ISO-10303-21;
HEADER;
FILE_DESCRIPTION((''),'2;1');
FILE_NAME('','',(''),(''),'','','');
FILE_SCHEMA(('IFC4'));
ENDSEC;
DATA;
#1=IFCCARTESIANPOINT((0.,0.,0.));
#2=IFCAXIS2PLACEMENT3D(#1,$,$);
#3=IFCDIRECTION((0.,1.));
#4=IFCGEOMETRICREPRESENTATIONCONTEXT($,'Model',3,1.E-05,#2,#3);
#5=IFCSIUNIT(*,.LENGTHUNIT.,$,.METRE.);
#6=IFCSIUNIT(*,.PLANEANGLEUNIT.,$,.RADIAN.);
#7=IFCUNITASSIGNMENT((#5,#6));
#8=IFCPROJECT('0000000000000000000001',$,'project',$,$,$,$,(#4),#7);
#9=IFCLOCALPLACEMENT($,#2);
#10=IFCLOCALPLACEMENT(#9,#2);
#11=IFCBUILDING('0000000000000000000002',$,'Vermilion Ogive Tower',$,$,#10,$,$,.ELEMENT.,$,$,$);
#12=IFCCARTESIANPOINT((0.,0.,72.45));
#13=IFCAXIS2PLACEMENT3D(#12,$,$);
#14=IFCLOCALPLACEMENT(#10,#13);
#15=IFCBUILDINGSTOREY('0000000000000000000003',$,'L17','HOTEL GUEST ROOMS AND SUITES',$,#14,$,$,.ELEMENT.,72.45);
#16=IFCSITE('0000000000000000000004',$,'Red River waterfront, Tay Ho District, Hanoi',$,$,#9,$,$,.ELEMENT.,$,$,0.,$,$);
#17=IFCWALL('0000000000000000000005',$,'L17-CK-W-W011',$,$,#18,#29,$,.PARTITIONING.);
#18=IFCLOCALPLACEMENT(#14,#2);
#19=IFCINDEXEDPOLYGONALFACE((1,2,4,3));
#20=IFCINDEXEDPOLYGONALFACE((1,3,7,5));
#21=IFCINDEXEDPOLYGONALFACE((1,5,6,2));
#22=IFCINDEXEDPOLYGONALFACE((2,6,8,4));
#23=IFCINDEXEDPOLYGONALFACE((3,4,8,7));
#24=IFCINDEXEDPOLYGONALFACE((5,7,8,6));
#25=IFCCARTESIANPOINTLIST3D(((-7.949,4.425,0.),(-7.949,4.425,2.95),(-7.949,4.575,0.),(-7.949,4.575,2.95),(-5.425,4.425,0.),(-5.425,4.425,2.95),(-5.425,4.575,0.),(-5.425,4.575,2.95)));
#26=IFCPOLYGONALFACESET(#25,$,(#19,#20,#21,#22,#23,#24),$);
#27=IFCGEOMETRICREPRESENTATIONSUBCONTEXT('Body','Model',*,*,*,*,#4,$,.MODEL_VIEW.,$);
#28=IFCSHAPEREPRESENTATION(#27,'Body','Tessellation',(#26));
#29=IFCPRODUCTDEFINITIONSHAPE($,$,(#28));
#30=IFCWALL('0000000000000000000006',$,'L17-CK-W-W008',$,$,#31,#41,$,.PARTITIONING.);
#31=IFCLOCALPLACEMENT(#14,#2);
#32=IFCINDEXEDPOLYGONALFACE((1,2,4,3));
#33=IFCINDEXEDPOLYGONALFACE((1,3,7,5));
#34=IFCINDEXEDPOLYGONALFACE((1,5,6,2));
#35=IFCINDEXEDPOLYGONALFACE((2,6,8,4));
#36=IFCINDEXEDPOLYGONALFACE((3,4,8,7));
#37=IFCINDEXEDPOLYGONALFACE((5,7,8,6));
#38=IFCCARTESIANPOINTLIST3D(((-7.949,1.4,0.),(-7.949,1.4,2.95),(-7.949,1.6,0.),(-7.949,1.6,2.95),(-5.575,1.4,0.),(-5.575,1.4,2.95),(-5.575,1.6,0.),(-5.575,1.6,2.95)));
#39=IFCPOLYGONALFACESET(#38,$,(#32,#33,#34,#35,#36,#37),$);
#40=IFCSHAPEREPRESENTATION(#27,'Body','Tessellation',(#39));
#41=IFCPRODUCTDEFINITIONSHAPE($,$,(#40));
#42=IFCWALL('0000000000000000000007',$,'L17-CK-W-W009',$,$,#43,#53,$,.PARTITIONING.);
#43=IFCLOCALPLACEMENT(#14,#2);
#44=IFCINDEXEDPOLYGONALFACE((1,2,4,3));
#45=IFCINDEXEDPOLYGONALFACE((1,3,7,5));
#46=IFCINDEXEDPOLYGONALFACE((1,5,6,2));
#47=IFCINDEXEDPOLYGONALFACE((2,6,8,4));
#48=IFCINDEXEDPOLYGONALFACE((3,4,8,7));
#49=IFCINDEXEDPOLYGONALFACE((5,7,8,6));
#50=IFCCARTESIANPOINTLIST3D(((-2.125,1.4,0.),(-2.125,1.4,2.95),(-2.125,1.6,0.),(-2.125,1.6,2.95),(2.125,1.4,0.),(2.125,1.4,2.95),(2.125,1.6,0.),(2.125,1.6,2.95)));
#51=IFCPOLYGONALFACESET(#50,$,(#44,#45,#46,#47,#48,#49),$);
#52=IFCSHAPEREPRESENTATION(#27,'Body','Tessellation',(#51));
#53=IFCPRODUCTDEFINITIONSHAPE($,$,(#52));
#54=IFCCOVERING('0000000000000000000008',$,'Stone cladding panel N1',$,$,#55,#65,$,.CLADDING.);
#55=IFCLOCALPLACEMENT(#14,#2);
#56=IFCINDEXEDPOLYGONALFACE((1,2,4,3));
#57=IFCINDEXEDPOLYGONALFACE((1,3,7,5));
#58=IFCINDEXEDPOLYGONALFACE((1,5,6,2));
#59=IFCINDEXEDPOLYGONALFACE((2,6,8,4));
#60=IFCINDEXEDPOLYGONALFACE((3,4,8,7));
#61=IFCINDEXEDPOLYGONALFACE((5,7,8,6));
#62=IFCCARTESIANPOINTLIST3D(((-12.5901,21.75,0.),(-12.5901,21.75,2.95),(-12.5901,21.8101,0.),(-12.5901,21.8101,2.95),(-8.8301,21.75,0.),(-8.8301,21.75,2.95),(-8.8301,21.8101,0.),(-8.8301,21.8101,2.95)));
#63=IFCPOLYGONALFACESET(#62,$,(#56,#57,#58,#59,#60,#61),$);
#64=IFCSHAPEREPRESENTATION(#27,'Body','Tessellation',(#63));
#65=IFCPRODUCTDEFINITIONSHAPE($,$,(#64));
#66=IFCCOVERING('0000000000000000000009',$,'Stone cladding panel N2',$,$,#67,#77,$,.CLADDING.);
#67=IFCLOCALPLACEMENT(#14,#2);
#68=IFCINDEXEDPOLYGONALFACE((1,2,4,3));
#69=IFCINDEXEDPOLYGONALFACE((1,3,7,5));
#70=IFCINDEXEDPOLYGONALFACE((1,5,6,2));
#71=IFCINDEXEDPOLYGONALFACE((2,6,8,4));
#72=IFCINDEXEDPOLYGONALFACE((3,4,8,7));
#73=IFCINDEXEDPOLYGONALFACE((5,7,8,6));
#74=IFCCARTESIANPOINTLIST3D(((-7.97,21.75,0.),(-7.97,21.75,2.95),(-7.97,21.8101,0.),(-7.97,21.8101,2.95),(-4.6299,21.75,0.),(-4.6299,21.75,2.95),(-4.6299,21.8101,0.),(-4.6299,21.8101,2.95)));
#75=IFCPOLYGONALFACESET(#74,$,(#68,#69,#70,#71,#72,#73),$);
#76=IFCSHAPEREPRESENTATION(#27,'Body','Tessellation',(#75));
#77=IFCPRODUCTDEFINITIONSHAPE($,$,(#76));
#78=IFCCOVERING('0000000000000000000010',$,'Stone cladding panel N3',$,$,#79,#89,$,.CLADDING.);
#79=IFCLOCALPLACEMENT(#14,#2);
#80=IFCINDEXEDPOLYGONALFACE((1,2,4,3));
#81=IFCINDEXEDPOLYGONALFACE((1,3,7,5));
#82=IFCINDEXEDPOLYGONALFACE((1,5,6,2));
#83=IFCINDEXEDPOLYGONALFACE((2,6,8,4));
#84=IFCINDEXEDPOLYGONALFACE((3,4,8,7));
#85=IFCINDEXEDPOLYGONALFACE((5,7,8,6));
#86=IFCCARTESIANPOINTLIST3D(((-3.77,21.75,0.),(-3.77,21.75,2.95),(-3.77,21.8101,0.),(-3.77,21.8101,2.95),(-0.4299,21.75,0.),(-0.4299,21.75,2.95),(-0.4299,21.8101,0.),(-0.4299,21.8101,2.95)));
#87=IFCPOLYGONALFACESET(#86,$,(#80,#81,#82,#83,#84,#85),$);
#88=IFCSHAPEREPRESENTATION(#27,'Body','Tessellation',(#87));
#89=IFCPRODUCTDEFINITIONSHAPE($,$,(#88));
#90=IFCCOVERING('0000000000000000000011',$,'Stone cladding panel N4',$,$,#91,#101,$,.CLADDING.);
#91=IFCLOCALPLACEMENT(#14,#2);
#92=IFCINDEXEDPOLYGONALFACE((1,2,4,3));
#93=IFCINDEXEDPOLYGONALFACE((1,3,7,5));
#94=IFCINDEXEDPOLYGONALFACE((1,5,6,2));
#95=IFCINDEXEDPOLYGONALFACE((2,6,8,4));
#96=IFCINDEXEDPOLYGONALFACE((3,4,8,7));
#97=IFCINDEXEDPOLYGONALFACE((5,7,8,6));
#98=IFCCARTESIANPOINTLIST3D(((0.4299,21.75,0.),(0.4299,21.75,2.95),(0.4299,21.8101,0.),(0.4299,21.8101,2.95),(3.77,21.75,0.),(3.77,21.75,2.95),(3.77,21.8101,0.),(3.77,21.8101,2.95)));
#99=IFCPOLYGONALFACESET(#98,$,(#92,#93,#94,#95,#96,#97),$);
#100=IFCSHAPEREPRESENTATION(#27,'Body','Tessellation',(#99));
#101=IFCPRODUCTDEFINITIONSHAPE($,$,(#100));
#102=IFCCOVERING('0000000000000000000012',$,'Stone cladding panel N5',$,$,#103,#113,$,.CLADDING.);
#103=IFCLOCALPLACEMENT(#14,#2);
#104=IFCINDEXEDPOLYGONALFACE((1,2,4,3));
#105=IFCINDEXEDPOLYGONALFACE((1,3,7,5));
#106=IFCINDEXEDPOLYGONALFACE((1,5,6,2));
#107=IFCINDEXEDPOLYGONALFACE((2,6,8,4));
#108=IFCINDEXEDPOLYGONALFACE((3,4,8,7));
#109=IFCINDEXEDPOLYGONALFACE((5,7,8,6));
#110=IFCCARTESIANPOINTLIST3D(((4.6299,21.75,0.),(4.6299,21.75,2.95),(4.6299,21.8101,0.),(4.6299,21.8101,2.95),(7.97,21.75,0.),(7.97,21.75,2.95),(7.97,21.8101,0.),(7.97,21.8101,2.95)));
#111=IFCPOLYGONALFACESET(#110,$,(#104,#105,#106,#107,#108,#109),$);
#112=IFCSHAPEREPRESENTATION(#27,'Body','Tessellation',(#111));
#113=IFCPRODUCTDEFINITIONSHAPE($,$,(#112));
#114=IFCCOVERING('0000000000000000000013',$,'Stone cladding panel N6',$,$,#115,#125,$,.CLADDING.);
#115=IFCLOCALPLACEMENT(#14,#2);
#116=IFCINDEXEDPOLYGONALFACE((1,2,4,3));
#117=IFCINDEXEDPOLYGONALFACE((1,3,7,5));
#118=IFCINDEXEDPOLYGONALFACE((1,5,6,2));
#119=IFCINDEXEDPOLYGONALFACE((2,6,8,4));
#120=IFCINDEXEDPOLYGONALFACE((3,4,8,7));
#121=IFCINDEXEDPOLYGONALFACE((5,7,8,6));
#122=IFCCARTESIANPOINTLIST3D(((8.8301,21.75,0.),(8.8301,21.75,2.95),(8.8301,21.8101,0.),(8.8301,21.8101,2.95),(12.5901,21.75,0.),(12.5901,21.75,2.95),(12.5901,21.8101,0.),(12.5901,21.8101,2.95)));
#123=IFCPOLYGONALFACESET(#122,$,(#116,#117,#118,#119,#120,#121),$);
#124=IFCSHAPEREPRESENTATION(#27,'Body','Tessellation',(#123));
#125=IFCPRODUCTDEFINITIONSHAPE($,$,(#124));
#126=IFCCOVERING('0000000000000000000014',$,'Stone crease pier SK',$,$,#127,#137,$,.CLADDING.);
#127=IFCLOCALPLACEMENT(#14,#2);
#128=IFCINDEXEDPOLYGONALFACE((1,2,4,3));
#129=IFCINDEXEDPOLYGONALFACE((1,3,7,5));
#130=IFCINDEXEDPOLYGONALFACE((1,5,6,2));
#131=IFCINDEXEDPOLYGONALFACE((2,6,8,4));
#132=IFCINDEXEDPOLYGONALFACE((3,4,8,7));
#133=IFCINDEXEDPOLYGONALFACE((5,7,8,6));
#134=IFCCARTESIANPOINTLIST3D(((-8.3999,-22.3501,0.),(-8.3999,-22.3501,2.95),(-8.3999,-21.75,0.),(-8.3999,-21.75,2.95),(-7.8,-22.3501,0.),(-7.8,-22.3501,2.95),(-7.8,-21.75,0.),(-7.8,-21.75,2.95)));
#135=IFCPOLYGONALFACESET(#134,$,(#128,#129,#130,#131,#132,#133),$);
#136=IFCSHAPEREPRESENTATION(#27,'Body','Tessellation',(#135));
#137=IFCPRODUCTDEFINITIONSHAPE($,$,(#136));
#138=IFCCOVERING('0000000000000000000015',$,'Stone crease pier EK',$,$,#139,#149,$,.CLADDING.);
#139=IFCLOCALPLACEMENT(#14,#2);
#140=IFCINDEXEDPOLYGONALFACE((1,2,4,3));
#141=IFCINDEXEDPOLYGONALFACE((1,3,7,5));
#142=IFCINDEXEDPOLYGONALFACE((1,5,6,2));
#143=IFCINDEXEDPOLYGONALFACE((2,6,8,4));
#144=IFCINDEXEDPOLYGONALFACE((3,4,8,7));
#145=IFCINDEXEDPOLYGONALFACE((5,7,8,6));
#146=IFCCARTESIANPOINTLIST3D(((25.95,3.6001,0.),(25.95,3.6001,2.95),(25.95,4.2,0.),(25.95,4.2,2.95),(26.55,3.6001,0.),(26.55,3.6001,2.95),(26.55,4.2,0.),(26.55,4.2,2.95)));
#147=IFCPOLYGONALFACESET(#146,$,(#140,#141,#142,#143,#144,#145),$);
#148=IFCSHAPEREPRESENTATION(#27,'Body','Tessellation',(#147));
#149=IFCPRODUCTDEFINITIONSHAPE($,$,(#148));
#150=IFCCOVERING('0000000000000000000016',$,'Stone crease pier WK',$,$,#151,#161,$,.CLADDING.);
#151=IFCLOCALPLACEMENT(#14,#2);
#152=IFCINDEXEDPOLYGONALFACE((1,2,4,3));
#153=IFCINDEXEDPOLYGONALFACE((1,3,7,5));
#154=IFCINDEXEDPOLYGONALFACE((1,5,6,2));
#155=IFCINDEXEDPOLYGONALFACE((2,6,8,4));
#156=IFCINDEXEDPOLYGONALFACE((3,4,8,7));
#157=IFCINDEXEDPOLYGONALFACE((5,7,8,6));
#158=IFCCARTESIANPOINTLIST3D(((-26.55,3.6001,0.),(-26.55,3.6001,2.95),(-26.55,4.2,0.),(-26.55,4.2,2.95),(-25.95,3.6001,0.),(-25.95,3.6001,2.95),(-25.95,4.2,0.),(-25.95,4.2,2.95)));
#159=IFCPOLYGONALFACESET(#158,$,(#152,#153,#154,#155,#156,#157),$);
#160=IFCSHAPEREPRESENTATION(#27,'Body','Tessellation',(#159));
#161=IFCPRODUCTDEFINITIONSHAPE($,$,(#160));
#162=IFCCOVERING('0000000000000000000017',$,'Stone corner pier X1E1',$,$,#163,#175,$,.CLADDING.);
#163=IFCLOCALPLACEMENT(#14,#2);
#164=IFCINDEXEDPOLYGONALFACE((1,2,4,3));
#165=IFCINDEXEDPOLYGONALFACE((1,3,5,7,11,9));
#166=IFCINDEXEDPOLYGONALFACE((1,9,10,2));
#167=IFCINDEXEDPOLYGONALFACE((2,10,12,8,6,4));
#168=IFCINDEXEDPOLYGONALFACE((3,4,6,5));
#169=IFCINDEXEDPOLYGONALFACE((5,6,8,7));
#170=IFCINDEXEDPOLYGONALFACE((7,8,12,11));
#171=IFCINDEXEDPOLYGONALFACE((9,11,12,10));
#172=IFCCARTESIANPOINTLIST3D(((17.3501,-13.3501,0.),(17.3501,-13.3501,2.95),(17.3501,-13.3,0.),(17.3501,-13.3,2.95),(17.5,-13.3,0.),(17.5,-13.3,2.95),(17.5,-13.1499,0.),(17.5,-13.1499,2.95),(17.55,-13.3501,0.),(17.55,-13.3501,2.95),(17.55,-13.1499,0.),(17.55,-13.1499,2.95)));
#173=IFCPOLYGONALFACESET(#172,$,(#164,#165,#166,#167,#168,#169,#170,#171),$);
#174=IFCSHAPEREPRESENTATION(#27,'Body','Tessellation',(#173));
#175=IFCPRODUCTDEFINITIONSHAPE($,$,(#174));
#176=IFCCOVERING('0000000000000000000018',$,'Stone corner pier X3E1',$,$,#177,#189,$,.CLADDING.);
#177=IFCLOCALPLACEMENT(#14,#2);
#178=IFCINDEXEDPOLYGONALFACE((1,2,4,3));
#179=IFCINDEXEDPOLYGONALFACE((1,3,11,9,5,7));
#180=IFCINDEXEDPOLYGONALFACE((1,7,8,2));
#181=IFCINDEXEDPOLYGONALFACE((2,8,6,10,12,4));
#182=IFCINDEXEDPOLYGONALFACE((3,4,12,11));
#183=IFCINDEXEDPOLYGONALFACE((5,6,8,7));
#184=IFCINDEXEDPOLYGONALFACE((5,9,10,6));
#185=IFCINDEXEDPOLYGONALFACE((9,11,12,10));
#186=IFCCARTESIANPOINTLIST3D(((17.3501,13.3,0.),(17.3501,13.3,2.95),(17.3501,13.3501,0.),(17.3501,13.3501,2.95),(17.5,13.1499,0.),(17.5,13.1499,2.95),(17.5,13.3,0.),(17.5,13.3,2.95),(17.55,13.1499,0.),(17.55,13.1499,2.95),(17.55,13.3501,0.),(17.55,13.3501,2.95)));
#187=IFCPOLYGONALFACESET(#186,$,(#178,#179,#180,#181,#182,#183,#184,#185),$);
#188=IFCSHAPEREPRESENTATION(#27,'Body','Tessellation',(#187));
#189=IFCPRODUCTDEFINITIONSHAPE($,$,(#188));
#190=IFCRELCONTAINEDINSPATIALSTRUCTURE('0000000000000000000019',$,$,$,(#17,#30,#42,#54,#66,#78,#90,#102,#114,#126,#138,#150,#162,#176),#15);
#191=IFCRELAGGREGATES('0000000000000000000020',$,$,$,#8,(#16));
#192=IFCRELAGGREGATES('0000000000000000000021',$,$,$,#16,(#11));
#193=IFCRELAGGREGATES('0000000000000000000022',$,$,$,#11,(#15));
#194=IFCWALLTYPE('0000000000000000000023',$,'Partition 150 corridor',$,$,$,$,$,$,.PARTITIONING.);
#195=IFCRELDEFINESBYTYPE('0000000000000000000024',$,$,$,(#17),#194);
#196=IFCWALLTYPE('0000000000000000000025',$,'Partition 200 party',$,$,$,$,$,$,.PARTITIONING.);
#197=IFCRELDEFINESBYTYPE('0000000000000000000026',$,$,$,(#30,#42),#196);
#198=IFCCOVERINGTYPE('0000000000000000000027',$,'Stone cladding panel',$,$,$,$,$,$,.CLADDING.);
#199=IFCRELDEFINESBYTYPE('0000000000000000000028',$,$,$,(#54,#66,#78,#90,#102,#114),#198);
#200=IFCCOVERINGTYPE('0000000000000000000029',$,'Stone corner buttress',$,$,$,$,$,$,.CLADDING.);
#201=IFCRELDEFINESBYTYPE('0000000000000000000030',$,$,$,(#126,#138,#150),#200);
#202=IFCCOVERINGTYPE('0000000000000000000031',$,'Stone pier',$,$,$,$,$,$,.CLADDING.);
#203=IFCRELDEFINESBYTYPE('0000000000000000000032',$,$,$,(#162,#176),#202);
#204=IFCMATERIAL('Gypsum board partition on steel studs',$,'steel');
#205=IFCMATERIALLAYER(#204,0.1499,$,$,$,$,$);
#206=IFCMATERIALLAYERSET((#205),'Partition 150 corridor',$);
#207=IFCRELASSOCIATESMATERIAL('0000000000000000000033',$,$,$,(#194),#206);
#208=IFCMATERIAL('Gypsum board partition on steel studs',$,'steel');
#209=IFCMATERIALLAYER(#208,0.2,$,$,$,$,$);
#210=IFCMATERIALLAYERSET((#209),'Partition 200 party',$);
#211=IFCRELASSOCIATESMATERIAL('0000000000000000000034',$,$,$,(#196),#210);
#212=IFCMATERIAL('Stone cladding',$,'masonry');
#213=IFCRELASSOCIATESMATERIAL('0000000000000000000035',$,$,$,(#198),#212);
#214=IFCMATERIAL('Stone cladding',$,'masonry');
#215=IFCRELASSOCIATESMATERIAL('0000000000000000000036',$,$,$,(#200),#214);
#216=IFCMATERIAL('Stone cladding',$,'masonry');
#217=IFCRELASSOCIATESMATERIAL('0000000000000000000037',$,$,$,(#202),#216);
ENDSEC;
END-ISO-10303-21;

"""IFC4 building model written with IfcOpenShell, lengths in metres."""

from ifc_helpers import new_model, si_unit, direction, frame, frame_2d, origin, place, context, subcontext, project, spatial, polyline, rectangle, outline, extrude, material, layer, layer_set, type_object, element, save


model = new_model("IFC4")

# Units and contexts
model_context = context("Model", 3, precision=1e-05, world=origin(), true_north=direction((0.0, 1.0)))
body_context = subcontext(model_context, "Body", "Model", "MODEL_VIEW")
ifc_project = project(units=[si_unit("LENGTHUNIT", "METRE"), si_unit("PLANEANGLEUNIT", "RADIAN")], contexts=[model_context])

# Site, building, storey
site_placement = place(None, origin())
site = spatial("IfcSite", under=ifc_project, at=site_placement, Name="Red River waterfront, Tay Ho District, Hanoi", CompositionType="ELEMENT", RefElevation=0.0)
building_placement = place(site_placement, origin())
building = spatial("IfcBuilding", under=site, at=building_placement, Name="Vermilion Ogive Tower", CompositionType="ELEMENT")
storey_placement = place(building_placement, frame((0.0, 0.0, 72.45)))
storey = spatial("IfcBuildingStorey", under=building, at=storey_placement, Name="L17", Description="HOTEL GUEST ROOMS AND SUITES", CompositionType="ELEMENT", Elevation=72.45)

# Walls
ifc_material_1 = material(Name="Gypsum board partition on steel studs", Category="steel")
ifc_layer_1 = layer(ifc_material_1, 0.1499)
ifc_layer_set_1 = layer_set([ifc_layer_1], Name="Partition 150 corridor")
wall_type_1 = type_object("IfcWallType", Name="Partition 150 corridor", PredefinedType="PARTITIONING", material=ifc_layer_set_1)
wall_1_placement = place(storey_placement, frame((-7.949, 4.5, 0.0), z_axis=(0.0, 0.0, 1.0), x_axis=(1.0, 0.0, 0.0)))
element("IfcWall", 1, at=wall_1_placement, inside=storey, type_object=wall_type_1, Name="L17-CK-W-W011", PredefinedType="PARTITIONING", context=body_context, shape_type="SweptSolid", body=[
    extrude(rectangle(XDim=2.5239, YDim=0.1499, at=frame_2d((1.262, 0.0))), origin(), (0.0, 0.0, 1.0), 2.95),
])
ifc_material_2 = material(Name="Gypsum board partition on steel studs", Category="steel")
ifc_layer_2 = layer(ifc_material_2, 0.2)
ifc_layer_set_2 = layer_set([ifc_layer_2], Name="Partition 200 party")
wall_type_2 = type_object("IfcWallType", Name="Partition 200 party", PredefinedType="PARTITIONING", material=ifc_layer_set_2)
wall_2_placement = place(storey_placement, frame((-7.949, 1.5, 0.0), z_axis=(0.0, 0.0, 1.0), x_axis=(1.0, 0.0, 0.0)))
element("IfcWall", 2, at=wall_2_placement, inside=storey, type_object=wall_type_2, Name="L17-CK-W-W008", PredefinedType="PARTITIONING", context=body_context, shape_type="SweptSolid", body=[
    extrude(rectangle(XDim=2.374, YDim=0.2, at=frame_2d((1.187, 0.0))), origin(), (0.0, 0.0, 1.0), 2.95),
])
wall_3_placement = place(storey_placement, frame((-2.125, 1.5, 0.0), z_axis=(0.0, 0.0, 1.0), x_axis=(1.0, 0.0, 0.0)))
element("IfcWall", 3, at=wall_3_placement, inside=storey, type_object=wall_type_2, Name="L17-CK-W-W009", PredefinedType="PARTITIONING", context=body_context, shape_type="SweptSolid", body=[
    extrude(rectangle(XDim=4.25, YDim=0.2, at=frame_2d((2.125, 0.0))), origin(), (0.0, 0.0, 1.0), 2.95),
])

# Coverings
ifc_material_3 = material(Name="Stone cladding", Category="masonry")
covering_type_1 = type_object("IfcCoveringType", Name="Stone cladding panel", PredefinedType="CLADDING", material=ifc_material_3)
covering_1_placement = place(storey_placement, origin())
element("IfcCovering", 4, at=covering_1_placement, inside=storey, type_object=covering_type_1, Name="Stone cladding panel N1", PredefinedType="CLADDING", context=body_context, shape_type="SweptSolid", body=[
    extrude(outline(polyline([(-12.5901, 21.75), (-8.8301, 21.75), (-8.8301, 21.8101), (-12.5901, 21.8101), (-12.5901, 21.75)])), origin(), (0.0, 0.0, 1.0), 2.95),
])
covering_2_placement = place(storey_placement, origin())
element("IfcCovering", 5, at=covering_2_placement, inside=storey, type_object=covering_type_1, Name="Stone cladding panel N2", PredefinedType="CLADDING", context=body_context, shape_type="SweptSolid", body=[
    extrude(outline(polyline([(-7.97, 21.75), (-4.6299, 21.75), (-4.6299, 21.8101), (-7.97, 21.8101), (-7.97, 21.75)])), origin(), (0.0, 0.0, 1.0), 2.95),
])
covering_3_placement = place(storey_placement, origin())
element("IfcCovering", 6, at=covering_3_placement, inside=storey, type_object=covering_type_1, Name="Stone cladding panel N3", PredefinedType="CLADDING", context=body_context, shape_type="SweptSolid", body=[
    extrude(outline(polyline([(-3.77, 21.75), (-0.4299, 21.75), (-0.4299, 21.8101), (-3.77, 21.8101), (-3.77, 21.75)])), origin(), (0.0, 0.0, 1.0), 2.95),
])
covering_4_placement = place(storey_placement, origin())
element("IfcCovering", 7, at=covering_4_placement, inside=storey, type_object=covering_type_1, Name="Stone cladding panel N4", PredefinedType="CLADDING", context=body_context, shape_type="SweptSolid", body=[
    extrude(outline(polyline([(0.4299, 21.75), (3.77, 21.75), (3.77, 21.8101), (0.4299, 21.8101), (0.4299, 21.75)])), origin(), (0.0, 0.0, 1.0), 2.95),
])
covering_5_placement = place(storey_placement, origin())
element("IfcCovering", 8, at=covering_5_placement, inside=storey, type_object=covering_type_1, Name="Stone cladding panel N5", PredefinedType="CLADDING", context=body_context, shape_type="SweptSolid", body=[
    extrude(outline(polyline([(4.6299, 21.75), (7.97, 21.75), (7.97, 21.8101), (4.6299, 21.8101), (4.6299, 21.75)])), origin(), (0.0, 0.0, 1.0), 2.95),
])
covering_6_placement = place(storey_placement, origin())
element("IfcCovering", 9, at=covering_6_placement, inside=storey, type_object=covering_type_1, Name="Stone cladding panel N6", PredefinedType="CLADDING", context=body_context, shape_type="SweptSolid", body=[
    extrude(outline(polyline([(8.8301, 21.75), (12.5901, 21.75), (12.5901, 21.8101), (8.8301, 21.8101), (8.8301, 21.75)])), origin(), (0.0, 0.0, 1.0), 2.95),
])
ifc_material_4 = material(Name="Stone cladding", Category="masonry")
covering_type_2 = type_object("IfcCoveringType", Name="Stone corner buttress", PredefinedType="CLADDING", material=ifc_material_4)
covering_7_placement = place(storey_placement, origin())
element("IfcCovering", 10, at=covering_7_placement, inside=storey, type_object=covering_type_2, Name="Stone crease pier SK", PredefinedType="CLADDING", context=body_context, shape_type="SweptSolid", body=[
    extrude(outline(polyline([(-8.3999, -22.3501), (-7.8, -22.3501), (-7.8, -21.75), (-8.3999, -21.75), (-8.3999, -22.3501)])), origin(), (0.0, 0.0, 1.0), 2.95),
])
covering_8_placement = place(storey_placement, origin())
element("IfcCovering", 11, at=covering_8_placement, inside=storey, type_object=covering_type_2, Name="Stone crease pier EK", PredefinedType="CLADDING", context=body_context, shape_type="SweptSolid", body=[
    extrude(outline(polyline([(26.55, 3.6001), (26.55, 4.2), (25.95, 4.2), (25.95, 3.6001), (26.55, 3.6001)])), origin(), (0.0, 0.0, 1.0), 2.95),
])
covering_9_placement = place(storey_placement, origin())
element("IfcCovering", 12, at=covering_9_placement, inside=storey, type_object=covering_type_2, Name="Stone crease pier WK", PredefinedType="CLADDING", context=body_context, shape_type="SweptSolid", body=[
    extrude(outline(polyline([(-26.55, 4.2), (-26.55, 3.6001), (-25.95, 3.6001), (-25.95, 4.2), (-26.55, 4.2)])), origin(), (0.0, 0.0, 1.0), 2.95),
])
ifc_material_5 = material(Name="Stone cladding", Category="masonry")
covering_type_3 = type_object("IfcCoveringType", Name="Stone pier", PredefinedType="CLADDING", material=ifc_material_5)
covering_10_placement = place(storey_placement, origin())
element("IfcCovering", 13, at=covering_10_placement, inside=storey, type_object=covering_type_3, Name="Stone corner pier X1E1", PredefinedType="CLADDING", context=body_context, shape_type="SweptSolid", body=[
    extrude(outline(polyline([(17.3501, -13.3), (17.5, -13.3), (17.5, -13.1499), (17.55, -13.1499), (17.55, -13.3501), (17.3501, -13.3501), (17.3501, -13.3)])), origin(), (0.0, 0.0, 1.0), 2.95),
])
covering_11_placement = place(storey_placement, origin())
element("IfcCovering", 14, at=covering_11_placement, inside=storey, type_object=covering_type_3, Name="Stone corner pier X3E1", PredefinedType="CLADDING", context=body_context, shape_type="SweptSolid", body=[
    extrude(outline(polyline([(17.5, 13.1499), (17.5, 13.3), (17.3501, 13.3), (17.3501, 13.3501), (17.55, 13.3501), (17.55, 13.1499), (17.5, 13.1499)])), origin(), (0.0, 0.0, 1.0), 2.95),
])

save(model, "model.ifc")
